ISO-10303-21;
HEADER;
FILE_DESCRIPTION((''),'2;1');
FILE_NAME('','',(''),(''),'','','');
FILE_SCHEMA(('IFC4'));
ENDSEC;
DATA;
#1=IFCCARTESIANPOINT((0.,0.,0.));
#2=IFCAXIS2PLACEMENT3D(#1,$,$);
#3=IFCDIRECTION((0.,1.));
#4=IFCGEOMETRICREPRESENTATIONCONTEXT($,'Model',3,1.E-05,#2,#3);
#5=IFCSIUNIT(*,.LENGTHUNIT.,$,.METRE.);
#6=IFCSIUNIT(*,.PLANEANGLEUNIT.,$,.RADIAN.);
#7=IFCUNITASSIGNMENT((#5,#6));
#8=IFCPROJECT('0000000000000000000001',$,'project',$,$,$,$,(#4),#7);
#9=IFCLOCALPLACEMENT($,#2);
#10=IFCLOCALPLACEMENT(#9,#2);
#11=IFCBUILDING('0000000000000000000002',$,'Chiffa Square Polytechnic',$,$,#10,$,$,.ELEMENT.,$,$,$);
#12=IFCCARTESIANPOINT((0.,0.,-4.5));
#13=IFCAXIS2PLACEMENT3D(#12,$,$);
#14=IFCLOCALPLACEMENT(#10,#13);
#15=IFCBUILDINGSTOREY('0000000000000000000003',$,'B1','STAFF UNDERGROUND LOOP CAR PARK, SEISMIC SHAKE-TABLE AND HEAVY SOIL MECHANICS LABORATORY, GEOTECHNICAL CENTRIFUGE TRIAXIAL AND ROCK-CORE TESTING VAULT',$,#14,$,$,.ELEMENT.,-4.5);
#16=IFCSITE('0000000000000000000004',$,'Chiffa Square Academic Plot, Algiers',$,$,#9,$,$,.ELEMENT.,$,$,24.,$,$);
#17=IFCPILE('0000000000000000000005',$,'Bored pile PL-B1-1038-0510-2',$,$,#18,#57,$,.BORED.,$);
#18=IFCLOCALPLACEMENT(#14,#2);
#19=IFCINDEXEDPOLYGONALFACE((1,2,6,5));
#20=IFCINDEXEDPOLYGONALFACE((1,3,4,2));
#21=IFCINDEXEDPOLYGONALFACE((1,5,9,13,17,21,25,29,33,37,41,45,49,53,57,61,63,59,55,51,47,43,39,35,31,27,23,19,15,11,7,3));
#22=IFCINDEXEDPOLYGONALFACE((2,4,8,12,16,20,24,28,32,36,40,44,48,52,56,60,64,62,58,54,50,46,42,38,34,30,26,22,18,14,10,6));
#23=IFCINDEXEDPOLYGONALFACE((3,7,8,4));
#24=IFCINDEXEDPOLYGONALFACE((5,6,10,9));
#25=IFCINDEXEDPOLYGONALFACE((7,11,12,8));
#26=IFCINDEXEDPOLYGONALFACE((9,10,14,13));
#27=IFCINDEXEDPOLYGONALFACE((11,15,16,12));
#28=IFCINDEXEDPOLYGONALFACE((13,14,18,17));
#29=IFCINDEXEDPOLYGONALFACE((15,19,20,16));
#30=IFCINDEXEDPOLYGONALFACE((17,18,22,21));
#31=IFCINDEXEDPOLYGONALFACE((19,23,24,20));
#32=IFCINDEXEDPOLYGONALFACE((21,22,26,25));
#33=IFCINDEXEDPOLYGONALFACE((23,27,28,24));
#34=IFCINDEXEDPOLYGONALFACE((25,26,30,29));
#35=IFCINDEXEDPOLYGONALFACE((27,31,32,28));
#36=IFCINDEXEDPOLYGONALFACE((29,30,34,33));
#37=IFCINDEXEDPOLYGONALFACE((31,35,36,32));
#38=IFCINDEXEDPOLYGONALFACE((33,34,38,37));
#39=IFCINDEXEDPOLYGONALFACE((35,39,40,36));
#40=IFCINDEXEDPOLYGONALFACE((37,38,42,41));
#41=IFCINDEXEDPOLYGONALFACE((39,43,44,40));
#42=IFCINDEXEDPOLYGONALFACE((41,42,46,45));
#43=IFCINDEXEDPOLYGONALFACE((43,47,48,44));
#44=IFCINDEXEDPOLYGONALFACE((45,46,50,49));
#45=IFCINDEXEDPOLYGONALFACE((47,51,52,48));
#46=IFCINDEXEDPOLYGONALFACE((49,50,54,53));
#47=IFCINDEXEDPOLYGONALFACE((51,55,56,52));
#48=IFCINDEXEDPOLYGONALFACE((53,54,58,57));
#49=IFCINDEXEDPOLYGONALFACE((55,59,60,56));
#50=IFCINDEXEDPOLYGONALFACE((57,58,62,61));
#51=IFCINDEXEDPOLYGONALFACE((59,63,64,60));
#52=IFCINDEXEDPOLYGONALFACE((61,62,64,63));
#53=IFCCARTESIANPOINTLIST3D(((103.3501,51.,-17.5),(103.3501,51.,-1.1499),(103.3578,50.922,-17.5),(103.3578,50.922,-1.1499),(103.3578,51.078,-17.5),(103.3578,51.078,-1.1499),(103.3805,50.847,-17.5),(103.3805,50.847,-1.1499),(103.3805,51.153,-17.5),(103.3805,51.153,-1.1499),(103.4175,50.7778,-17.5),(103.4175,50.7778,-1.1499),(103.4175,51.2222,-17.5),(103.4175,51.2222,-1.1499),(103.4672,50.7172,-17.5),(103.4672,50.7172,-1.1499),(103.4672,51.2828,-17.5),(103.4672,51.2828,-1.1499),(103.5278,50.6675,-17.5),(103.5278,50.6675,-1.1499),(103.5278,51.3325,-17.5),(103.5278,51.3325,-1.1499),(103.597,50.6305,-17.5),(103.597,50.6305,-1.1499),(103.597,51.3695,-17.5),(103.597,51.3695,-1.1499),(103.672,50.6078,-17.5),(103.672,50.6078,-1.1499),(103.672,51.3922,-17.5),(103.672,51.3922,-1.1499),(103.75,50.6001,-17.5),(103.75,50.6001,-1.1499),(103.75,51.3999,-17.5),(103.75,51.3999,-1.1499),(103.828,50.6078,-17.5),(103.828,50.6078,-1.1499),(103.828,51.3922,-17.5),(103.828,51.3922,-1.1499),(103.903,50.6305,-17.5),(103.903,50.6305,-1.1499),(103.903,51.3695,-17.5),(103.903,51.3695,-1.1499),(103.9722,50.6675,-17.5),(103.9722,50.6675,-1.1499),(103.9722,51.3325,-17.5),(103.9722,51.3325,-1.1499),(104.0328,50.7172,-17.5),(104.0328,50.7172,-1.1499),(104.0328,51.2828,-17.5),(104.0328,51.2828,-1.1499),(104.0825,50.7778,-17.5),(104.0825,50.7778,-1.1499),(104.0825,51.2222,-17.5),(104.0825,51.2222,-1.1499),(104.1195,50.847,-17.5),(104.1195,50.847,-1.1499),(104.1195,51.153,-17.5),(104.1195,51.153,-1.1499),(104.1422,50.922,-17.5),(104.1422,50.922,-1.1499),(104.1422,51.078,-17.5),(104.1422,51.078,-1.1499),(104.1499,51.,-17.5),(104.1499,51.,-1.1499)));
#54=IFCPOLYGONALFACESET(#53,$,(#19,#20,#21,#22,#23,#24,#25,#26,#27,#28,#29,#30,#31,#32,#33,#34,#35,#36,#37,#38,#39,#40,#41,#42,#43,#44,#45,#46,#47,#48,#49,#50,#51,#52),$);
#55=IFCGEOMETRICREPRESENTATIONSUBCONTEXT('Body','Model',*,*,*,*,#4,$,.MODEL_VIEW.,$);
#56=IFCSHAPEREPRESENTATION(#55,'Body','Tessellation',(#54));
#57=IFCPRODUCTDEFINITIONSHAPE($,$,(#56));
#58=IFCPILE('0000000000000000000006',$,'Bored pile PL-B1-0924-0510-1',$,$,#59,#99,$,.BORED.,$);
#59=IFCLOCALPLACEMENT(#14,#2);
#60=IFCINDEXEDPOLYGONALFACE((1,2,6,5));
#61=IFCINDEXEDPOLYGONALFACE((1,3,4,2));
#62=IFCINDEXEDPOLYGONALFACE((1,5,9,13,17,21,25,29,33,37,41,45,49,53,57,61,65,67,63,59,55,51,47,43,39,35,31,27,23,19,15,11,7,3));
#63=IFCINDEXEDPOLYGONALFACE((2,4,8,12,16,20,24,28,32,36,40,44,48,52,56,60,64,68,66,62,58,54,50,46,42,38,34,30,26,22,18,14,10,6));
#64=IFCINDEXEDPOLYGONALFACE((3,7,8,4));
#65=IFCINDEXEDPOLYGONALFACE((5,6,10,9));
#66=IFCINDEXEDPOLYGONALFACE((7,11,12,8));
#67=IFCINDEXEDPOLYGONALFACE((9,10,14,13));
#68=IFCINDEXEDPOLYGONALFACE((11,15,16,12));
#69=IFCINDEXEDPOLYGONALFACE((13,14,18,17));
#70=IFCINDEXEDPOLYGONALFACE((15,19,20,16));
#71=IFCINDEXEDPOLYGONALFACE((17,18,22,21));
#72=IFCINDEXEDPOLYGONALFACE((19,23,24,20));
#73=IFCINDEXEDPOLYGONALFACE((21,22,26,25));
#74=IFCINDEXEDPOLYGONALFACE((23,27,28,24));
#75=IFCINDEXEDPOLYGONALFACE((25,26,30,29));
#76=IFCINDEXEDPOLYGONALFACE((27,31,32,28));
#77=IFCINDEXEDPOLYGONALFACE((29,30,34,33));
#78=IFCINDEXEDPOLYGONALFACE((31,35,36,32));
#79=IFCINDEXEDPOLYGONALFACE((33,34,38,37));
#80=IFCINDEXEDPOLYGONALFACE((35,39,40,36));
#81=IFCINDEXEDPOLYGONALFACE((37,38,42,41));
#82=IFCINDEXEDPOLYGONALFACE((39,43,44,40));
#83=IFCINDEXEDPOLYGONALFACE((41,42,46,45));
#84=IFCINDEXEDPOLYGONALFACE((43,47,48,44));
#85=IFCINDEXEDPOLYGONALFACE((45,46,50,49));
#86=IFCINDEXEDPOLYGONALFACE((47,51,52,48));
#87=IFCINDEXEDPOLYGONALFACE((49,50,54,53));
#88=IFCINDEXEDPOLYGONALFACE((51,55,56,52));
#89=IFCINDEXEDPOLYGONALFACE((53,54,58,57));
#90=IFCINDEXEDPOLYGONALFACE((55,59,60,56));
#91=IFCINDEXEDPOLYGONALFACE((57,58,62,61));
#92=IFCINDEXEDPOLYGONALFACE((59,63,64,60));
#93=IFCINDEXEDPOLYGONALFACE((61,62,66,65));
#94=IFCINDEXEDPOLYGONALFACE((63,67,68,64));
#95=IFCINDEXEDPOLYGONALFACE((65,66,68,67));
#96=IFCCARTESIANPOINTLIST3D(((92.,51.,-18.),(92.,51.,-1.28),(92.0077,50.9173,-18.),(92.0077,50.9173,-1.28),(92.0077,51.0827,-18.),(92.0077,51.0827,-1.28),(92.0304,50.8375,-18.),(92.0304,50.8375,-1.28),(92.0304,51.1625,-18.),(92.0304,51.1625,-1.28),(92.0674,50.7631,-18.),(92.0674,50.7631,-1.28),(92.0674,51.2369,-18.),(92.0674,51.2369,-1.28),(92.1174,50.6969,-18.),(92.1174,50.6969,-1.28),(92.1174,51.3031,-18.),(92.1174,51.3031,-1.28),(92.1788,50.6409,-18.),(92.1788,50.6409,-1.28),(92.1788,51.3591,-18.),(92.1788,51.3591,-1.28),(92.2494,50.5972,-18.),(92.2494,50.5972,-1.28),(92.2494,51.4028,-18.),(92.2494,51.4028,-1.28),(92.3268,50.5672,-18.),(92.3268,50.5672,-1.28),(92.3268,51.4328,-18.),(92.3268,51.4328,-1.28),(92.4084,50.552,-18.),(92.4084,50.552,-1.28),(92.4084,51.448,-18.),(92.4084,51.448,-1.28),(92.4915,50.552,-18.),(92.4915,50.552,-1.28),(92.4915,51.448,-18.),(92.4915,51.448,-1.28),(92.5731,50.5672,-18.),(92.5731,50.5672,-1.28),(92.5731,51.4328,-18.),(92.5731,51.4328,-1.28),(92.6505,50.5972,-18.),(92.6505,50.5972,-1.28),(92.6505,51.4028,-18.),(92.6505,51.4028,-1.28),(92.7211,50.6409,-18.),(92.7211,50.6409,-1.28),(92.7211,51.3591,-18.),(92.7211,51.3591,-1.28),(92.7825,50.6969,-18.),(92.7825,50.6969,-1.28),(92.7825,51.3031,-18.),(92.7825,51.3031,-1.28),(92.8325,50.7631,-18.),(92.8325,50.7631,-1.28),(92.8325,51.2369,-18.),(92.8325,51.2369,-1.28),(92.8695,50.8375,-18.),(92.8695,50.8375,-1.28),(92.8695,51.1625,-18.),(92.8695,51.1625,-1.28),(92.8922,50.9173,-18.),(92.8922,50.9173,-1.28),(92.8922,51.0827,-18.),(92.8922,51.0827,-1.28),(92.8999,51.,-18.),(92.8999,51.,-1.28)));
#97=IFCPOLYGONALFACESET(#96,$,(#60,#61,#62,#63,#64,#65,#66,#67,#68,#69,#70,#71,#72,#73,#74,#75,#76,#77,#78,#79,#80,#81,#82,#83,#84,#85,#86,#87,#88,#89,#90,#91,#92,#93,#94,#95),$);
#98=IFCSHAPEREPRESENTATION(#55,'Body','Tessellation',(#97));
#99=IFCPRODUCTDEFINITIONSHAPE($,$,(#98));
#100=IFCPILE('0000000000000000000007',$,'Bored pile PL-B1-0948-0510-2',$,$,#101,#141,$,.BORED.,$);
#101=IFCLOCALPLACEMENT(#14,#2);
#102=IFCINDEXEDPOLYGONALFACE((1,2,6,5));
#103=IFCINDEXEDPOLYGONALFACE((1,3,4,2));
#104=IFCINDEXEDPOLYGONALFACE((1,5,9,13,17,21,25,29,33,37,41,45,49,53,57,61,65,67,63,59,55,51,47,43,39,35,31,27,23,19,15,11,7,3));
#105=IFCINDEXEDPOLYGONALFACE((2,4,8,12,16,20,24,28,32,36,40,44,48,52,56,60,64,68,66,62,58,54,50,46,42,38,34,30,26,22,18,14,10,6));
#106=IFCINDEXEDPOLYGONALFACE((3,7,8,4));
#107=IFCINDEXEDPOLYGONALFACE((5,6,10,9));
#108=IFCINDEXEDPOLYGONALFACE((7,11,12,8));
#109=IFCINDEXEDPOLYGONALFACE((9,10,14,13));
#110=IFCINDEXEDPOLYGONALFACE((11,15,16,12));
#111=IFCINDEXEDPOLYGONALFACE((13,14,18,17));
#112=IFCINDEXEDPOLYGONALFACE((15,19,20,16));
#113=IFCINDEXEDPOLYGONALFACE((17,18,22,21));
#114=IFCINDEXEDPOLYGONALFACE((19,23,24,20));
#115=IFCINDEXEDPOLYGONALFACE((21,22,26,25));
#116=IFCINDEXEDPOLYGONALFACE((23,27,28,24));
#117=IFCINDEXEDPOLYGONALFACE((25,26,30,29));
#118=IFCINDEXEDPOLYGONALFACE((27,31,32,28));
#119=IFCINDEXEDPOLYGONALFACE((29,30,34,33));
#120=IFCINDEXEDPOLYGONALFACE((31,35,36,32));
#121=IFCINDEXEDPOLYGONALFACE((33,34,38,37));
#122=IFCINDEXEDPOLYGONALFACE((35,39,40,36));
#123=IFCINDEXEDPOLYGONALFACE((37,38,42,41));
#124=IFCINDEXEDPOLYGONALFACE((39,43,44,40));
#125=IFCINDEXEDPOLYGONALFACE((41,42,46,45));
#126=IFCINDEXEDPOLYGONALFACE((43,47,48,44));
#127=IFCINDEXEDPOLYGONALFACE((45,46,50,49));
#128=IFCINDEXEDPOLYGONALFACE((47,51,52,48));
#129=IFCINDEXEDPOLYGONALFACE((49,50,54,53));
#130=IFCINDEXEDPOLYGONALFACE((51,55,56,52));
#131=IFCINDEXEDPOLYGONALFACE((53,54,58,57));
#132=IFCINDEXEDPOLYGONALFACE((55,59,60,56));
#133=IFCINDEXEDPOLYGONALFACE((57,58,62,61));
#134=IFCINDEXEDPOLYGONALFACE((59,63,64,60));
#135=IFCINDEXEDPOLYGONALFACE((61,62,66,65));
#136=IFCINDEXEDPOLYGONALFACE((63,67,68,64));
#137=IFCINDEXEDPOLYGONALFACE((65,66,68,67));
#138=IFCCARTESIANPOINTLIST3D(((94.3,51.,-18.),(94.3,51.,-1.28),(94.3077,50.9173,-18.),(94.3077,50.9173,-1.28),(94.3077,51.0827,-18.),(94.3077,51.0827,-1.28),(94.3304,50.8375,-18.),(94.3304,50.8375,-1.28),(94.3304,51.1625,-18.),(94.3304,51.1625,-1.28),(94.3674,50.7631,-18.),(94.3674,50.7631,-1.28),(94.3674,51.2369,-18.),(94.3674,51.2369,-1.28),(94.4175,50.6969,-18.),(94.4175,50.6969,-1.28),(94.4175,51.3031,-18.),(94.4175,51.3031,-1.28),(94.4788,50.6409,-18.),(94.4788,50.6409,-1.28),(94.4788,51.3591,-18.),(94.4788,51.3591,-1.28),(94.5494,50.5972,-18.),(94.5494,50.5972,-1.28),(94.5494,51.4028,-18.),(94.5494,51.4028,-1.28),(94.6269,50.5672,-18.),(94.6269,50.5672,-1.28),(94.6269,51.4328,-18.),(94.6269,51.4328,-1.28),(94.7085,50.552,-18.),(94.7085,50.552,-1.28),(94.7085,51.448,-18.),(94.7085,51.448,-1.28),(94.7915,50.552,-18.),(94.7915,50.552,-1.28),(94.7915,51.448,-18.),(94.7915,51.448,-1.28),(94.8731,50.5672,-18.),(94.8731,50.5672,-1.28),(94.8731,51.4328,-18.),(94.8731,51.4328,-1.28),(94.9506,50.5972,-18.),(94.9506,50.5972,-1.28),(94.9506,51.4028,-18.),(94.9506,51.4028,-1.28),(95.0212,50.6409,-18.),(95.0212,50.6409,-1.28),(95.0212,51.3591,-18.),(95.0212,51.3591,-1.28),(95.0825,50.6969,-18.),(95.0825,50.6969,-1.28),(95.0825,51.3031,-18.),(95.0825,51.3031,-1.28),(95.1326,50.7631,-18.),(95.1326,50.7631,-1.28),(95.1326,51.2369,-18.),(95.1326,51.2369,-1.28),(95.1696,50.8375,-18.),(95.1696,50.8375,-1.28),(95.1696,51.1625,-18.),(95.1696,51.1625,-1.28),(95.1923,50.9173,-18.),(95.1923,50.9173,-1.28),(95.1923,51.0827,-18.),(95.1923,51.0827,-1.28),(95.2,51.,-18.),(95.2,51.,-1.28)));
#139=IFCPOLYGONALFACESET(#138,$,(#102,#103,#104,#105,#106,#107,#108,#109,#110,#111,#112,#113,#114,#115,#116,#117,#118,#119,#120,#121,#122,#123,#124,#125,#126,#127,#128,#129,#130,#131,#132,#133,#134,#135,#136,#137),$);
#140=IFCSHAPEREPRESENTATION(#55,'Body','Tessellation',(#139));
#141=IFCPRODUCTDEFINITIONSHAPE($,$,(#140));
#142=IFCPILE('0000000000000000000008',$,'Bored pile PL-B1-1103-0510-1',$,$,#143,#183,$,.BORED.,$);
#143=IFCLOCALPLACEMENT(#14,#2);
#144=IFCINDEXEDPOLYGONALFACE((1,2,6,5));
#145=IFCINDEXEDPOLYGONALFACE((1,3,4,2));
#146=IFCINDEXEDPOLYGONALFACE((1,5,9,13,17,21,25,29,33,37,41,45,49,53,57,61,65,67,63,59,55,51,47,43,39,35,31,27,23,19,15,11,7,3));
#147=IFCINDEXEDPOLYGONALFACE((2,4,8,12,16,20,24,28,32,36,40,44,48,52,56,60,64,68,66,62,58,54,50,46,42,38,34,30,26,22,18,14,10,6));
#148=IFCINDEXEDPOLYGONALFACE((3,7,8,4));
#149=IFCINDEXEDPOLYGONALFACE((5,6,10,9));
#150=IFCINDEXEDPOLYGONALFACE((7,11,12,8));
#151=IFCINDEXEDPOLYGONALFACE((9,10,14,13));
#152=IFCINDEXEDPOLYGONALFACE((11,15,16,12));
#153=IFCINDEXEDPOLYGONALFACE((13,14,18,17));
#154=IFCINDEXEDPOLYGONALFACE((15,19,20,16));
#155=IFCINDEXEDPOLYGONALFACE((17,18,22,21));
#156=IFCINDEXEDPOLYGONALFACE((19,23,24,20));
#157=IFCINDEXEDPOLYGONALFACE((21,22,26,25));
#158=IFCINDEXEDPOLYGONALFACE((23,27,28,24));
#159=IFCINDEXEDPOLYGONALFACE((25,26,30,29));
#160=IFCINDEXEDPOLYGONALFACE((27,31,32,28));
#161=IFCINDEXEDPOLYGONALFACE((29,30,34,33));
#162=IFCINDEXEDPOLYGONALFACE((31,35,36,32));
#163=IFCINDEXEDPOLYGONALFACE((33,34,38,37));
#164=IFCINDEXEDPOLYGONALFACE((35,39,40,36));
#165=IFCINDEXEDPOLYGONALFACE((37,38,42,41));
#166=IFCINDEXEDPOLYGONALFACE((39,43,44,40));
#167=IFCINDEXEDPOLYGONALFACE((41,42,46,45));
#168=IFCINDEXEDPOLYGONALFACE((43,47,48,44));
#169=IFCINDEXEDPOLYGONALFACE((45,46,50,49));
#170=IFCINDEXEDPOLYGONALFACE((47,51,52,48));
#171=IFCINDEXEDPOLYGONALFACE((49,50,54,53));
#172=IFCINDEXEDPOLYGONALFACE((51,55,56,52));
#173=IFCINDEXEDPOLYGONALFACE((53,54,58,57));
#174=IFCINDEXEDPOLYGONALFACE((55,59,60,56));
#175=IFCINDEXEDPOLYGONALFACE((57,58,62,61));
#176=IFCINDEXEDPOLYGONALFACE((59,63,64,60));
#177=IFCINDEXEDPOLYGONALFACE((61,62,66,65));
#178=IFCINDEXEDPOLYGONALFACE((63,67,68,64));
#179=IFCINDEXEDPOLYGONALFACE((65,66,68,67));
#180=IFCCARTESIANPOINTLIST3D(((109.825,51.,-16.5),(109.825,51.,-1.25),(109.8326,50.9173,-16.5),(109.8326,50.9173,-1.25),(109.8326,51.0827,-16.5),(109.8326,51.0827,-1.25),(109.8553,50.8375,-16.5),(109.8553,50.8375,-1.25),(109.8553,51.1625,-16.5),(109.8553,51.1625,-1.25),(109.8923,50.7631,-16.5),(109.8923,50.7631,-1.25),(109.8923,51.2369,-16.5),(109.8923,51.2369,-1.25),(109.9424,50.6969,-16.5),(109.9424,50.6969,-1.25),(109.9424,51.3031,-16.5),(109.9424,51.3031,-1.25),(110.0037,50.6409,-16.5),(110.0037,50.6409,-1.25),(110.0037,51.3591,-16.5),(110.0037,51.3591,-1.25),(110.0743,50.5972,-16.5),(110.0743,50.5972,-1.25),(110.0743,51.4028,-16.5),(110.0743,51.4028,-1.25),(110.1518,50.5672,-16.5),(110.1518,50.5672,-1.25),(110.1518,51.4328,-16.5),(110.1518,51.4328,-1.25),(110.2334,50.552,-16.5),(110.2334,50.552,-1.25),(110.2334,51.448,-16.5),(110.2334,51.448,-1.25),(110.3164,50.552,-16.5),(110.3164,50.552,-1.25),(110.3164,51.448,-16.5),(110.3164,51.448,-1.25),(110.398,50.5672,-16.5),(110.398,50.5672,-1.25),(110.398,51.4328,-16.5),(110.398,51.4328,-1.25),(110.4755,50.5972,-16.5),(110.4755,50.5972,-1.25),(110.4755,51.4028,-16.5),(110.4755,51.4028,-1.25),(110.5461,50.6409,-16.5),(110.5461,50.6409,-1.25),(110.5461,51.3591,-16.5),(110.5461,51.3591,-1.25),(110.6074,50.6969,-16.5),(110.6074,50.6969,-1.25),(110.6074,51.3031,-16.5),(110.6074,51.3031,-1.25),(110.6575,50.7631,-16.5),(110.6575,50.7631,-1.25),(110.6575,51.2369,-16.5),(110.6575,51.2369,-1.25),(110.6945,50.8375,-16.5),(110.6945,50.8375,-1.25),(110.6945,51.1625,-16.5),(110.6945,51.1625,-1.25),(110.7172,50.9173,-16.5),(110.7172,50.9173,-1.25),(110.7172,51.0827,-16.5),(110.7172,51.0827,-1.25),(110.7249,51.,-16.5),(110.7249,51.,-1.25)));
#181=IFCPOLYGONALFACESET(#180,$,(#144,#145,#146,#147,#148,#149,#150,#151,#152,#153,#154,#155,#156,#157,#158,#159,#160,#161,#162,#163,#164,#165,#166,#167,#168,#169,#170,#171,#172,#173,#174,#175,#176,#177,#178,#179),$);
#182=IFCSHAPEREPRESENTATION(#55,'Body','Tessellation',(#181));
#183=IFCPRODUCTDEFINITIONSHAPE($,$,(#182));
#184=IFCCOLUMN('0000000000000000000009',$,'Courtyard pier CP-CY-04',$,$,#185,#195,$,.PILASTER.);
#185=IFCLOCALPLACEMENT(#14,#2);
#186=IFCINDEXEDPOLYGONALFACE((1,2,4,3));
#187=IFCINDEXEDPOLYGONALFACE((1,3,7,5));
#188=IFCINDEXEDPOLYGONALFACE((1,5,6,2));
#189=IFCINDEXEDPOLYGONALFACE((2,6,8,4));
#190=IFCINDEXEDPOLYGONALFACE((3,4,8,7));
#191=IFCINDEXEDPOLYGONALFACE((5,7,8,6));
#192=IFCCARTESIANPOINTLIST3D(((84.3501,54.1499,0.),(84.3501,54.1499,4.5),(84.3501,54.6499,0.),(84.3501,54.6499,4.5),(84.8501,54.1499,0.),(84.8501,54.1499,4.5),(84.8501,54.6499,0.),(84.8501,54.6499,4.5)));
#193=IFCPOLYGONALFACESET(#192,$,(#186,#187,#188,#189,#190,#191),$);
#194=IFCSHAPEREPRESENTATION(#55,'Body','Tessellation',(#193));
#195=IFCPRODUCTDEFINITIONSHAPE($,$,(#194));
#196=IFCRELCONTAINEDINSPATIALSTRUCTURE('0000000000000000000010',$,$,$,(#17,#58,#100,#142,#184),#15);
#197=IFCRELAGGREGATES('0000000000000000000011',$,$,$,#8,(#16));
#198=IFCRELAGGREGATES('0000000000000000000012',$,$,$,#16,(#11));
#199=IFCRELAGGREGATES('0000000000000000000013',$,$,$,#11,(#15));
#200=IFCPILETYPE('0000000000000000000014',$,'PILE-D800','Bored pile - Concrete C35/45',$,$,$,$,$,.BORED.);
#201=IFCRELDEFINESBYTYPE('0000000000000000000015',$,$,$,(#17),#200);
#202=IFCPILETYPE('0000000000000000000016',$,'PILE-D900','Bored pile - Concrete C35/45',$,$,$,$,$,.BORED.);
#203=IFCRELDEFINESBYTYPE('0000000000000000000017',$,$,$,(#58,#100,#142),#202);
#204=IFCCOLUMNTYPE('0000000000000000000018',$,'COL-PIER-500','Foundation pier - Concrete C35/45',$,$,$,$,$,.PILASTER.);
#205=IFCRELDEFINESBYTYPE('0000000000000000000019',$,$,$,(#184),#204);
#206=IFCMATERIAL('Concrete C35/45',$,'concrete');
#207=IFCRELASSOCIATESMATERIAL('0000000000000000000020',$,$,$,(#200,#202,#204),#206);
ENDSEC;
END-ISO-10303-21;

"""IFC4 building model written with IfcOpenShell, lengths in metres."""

from ifc_helpers import new_model, si_unit, direction, frame, origin, origin_2d, place, context, subcontext, project, spatial, rectangle, circle, extrude, material, material_profile, profile_set, type_object, element, save


model = new_model("IFC4")

# Units and contexts
model_context = context("Model", 3, precision=1e-05, world=origin(), true_north=direction((0.0, 1.0)))
body_context = subcontext(model_context, "Body", "Model", "MODEL_VIEW")
ifc_project = project(units=[si_unit("LENGTHUNIT", "METRE"), si_unit("PLANEANGLEUNIT", "RADIAN")], contexts=[model_context])

# Site, building, storey
site_placement = place(None, origin())
site = spatial("IfcSite", under=ifc_project, at=site_placement, Name="Chiffa Square Academic Plot, Algiers", CompositionType="ELEMENT", RefElevation=24.0)
building_placement = place(site_placement, origin())
building = spatial("IfcBuilding", under=site, at=building_placement, Name="Chiffa Square Polytechnic", CompositionType="ELEMENT")
storey_placement = place(building_placement, frame((0.0, 0.0, -4.5)))
storey = spatial("IfcBuildingStorey", under=building, at=storey_placement, Name="B1", Description="STAFF UNDERGROUND LOOP CAR PARK, SEISMIC SHAKE-TABLE AND HEAVY SOIL MECHANICS LABORATORY, GEOTECHNICAL CENTRIFUGE TRIAXIAL AND ROCK-CORE TESTING VAULT", CompositionType="ELEMENT", Elevation=-4.5)

# Shared definitions
ifc_material = material(Name="Concrete C35/45", Category="concrete")

# Piles
ifc_material_profile_1 = material_profile(ifc_material, circle(Radius=0.3999, at=origin_2d()), Name="PILE D800")
ifc_profile_set_1 = profile_set([ifc_material_profile_1], Name="Concrete C35/45")
pile_type_1 = type_object("IfcPileType", Name="PILE-D800", Description="Bored pile - Concrete C35/45", PredefinedType="BORED", material=ifc_profile_set_1)
for number, where, z_axis, x_axis, name in (
    (1, (103.75, 51.0, -1.1499), (0.0, 0.0, -1.0), (1.0, 0.0, 0.0), "Bored pile PL-B1-1038-0510-2"),
):
    element("IfcPile", number, at=place(storey_placement, frame(where, z_axis=z_axis, x_axis=x_axis)), inside=storey, type_object=pile_type_1, Name=name, PredefinedType="BORED", context=body_context, shape_type="SweptSolid", body=[
        extrude(circle(Radius=0.3999, at=origin_2d()), origin(), (0.0, 0.0, 1.0), 16.3501),
    ])
ifc_material_profile_2 = material_profile(ifc_material, circle(Radius=0.45, at=origin_2d()), Name="PILE D900")
ifc_profile_set_2 = profile_set([ifc_material_profile_2], Name="Concrete C35/45")
pile_type_2 = type_object("IfcPileType", Name="PILE-D900", Description="Bored pile - Concrete C35/45", PredefinedType="BORED", material=ifc_profile_set_2)
for number, where, z_axis, x_axis, name in (
    (2, (92.45, 51.0, -1.28), (0.0, 0.0, -1.0), (1.0, 0.0, 0.0), "Bored pile PL-B1-0924-0510-1"),
    (3, (94.75, 51.0, -1.28), (0.0, 0.0, -1.0), (1.0, 0.0, 0.0), "Bored pile PL-B1-0948-0510-2"),
):
    element("IfcPile", number, at=place(storey_placement, frame(where, z_axis=z_axis, x_axis=x_axis)), inside=storey, type_object=pile_type_2, Name=name, PredefinedType="BORED", context=body_context, shape_type="SweptSolid", body=[
        extrude(circle(Radius=0.45, at=origin_2d()), origin(), (0.0, 0.0, 1.0), 16.72),
    ])
pile_1_placement = place(storey_placement, frame((110.2749, 51.0, -1.25), z_axis=(0.0, 0.0, -1.0), x_axis=(1.0, 0.0, 0.0)))
element("IfcPile", 4, at=pile_1_placement, inside=storey, type_object=pile_type_2, Name="Bored pile PL-B1-1103-0510-1", PredefinedType="BORED", context=body_context, shape_type="SweptSolid", body=[
    extrude(circle(Radius=0.45, at=origin_2d()), origin(), (0.0, 0.0, 1.0), 15.25),
])

# Column
ifc_material_profile_3 = material_profile(ifc_material, rectangle(XDim=0.5, YDim=0.5, at=origin_2d()), Name="RC 500x500")
ifc_profile_set_3 = profile_set([ifc_material_profile_3], Name="Concrete C35/45")
column_type_1 = type_object("IfcColumnType", Name="COL-PIER-500", Description="Foundation pier - Concrete C35/45", PredefinedType="PILASTER", material=ifc_profile_set_3)
for number, where, z_axis, x_axis, name in (
    (5, (84.6001, 54.3999, 0.0), (0.0, 0.0, 1.0), (1.0, 0.0, 0.0), "Courtyard pier CP-CY-04"),
):
    element("IfcColumn", number, at=place(storey_placement, frame(where, z_axis=z_axis, x_axis=x_axis)), inside=storey, type_object=column_type_1, Name=name, PredefinedType="PILASTER", context=body_context, shape_type="SweptSolid", body=[
        extrude(rectangle(XDim=0.5, YDim=0.5, at=origin_2d()), origin(), (0.0, 0.0, 1.0), 4.5),
    ])

save(model, "model.ifc")
